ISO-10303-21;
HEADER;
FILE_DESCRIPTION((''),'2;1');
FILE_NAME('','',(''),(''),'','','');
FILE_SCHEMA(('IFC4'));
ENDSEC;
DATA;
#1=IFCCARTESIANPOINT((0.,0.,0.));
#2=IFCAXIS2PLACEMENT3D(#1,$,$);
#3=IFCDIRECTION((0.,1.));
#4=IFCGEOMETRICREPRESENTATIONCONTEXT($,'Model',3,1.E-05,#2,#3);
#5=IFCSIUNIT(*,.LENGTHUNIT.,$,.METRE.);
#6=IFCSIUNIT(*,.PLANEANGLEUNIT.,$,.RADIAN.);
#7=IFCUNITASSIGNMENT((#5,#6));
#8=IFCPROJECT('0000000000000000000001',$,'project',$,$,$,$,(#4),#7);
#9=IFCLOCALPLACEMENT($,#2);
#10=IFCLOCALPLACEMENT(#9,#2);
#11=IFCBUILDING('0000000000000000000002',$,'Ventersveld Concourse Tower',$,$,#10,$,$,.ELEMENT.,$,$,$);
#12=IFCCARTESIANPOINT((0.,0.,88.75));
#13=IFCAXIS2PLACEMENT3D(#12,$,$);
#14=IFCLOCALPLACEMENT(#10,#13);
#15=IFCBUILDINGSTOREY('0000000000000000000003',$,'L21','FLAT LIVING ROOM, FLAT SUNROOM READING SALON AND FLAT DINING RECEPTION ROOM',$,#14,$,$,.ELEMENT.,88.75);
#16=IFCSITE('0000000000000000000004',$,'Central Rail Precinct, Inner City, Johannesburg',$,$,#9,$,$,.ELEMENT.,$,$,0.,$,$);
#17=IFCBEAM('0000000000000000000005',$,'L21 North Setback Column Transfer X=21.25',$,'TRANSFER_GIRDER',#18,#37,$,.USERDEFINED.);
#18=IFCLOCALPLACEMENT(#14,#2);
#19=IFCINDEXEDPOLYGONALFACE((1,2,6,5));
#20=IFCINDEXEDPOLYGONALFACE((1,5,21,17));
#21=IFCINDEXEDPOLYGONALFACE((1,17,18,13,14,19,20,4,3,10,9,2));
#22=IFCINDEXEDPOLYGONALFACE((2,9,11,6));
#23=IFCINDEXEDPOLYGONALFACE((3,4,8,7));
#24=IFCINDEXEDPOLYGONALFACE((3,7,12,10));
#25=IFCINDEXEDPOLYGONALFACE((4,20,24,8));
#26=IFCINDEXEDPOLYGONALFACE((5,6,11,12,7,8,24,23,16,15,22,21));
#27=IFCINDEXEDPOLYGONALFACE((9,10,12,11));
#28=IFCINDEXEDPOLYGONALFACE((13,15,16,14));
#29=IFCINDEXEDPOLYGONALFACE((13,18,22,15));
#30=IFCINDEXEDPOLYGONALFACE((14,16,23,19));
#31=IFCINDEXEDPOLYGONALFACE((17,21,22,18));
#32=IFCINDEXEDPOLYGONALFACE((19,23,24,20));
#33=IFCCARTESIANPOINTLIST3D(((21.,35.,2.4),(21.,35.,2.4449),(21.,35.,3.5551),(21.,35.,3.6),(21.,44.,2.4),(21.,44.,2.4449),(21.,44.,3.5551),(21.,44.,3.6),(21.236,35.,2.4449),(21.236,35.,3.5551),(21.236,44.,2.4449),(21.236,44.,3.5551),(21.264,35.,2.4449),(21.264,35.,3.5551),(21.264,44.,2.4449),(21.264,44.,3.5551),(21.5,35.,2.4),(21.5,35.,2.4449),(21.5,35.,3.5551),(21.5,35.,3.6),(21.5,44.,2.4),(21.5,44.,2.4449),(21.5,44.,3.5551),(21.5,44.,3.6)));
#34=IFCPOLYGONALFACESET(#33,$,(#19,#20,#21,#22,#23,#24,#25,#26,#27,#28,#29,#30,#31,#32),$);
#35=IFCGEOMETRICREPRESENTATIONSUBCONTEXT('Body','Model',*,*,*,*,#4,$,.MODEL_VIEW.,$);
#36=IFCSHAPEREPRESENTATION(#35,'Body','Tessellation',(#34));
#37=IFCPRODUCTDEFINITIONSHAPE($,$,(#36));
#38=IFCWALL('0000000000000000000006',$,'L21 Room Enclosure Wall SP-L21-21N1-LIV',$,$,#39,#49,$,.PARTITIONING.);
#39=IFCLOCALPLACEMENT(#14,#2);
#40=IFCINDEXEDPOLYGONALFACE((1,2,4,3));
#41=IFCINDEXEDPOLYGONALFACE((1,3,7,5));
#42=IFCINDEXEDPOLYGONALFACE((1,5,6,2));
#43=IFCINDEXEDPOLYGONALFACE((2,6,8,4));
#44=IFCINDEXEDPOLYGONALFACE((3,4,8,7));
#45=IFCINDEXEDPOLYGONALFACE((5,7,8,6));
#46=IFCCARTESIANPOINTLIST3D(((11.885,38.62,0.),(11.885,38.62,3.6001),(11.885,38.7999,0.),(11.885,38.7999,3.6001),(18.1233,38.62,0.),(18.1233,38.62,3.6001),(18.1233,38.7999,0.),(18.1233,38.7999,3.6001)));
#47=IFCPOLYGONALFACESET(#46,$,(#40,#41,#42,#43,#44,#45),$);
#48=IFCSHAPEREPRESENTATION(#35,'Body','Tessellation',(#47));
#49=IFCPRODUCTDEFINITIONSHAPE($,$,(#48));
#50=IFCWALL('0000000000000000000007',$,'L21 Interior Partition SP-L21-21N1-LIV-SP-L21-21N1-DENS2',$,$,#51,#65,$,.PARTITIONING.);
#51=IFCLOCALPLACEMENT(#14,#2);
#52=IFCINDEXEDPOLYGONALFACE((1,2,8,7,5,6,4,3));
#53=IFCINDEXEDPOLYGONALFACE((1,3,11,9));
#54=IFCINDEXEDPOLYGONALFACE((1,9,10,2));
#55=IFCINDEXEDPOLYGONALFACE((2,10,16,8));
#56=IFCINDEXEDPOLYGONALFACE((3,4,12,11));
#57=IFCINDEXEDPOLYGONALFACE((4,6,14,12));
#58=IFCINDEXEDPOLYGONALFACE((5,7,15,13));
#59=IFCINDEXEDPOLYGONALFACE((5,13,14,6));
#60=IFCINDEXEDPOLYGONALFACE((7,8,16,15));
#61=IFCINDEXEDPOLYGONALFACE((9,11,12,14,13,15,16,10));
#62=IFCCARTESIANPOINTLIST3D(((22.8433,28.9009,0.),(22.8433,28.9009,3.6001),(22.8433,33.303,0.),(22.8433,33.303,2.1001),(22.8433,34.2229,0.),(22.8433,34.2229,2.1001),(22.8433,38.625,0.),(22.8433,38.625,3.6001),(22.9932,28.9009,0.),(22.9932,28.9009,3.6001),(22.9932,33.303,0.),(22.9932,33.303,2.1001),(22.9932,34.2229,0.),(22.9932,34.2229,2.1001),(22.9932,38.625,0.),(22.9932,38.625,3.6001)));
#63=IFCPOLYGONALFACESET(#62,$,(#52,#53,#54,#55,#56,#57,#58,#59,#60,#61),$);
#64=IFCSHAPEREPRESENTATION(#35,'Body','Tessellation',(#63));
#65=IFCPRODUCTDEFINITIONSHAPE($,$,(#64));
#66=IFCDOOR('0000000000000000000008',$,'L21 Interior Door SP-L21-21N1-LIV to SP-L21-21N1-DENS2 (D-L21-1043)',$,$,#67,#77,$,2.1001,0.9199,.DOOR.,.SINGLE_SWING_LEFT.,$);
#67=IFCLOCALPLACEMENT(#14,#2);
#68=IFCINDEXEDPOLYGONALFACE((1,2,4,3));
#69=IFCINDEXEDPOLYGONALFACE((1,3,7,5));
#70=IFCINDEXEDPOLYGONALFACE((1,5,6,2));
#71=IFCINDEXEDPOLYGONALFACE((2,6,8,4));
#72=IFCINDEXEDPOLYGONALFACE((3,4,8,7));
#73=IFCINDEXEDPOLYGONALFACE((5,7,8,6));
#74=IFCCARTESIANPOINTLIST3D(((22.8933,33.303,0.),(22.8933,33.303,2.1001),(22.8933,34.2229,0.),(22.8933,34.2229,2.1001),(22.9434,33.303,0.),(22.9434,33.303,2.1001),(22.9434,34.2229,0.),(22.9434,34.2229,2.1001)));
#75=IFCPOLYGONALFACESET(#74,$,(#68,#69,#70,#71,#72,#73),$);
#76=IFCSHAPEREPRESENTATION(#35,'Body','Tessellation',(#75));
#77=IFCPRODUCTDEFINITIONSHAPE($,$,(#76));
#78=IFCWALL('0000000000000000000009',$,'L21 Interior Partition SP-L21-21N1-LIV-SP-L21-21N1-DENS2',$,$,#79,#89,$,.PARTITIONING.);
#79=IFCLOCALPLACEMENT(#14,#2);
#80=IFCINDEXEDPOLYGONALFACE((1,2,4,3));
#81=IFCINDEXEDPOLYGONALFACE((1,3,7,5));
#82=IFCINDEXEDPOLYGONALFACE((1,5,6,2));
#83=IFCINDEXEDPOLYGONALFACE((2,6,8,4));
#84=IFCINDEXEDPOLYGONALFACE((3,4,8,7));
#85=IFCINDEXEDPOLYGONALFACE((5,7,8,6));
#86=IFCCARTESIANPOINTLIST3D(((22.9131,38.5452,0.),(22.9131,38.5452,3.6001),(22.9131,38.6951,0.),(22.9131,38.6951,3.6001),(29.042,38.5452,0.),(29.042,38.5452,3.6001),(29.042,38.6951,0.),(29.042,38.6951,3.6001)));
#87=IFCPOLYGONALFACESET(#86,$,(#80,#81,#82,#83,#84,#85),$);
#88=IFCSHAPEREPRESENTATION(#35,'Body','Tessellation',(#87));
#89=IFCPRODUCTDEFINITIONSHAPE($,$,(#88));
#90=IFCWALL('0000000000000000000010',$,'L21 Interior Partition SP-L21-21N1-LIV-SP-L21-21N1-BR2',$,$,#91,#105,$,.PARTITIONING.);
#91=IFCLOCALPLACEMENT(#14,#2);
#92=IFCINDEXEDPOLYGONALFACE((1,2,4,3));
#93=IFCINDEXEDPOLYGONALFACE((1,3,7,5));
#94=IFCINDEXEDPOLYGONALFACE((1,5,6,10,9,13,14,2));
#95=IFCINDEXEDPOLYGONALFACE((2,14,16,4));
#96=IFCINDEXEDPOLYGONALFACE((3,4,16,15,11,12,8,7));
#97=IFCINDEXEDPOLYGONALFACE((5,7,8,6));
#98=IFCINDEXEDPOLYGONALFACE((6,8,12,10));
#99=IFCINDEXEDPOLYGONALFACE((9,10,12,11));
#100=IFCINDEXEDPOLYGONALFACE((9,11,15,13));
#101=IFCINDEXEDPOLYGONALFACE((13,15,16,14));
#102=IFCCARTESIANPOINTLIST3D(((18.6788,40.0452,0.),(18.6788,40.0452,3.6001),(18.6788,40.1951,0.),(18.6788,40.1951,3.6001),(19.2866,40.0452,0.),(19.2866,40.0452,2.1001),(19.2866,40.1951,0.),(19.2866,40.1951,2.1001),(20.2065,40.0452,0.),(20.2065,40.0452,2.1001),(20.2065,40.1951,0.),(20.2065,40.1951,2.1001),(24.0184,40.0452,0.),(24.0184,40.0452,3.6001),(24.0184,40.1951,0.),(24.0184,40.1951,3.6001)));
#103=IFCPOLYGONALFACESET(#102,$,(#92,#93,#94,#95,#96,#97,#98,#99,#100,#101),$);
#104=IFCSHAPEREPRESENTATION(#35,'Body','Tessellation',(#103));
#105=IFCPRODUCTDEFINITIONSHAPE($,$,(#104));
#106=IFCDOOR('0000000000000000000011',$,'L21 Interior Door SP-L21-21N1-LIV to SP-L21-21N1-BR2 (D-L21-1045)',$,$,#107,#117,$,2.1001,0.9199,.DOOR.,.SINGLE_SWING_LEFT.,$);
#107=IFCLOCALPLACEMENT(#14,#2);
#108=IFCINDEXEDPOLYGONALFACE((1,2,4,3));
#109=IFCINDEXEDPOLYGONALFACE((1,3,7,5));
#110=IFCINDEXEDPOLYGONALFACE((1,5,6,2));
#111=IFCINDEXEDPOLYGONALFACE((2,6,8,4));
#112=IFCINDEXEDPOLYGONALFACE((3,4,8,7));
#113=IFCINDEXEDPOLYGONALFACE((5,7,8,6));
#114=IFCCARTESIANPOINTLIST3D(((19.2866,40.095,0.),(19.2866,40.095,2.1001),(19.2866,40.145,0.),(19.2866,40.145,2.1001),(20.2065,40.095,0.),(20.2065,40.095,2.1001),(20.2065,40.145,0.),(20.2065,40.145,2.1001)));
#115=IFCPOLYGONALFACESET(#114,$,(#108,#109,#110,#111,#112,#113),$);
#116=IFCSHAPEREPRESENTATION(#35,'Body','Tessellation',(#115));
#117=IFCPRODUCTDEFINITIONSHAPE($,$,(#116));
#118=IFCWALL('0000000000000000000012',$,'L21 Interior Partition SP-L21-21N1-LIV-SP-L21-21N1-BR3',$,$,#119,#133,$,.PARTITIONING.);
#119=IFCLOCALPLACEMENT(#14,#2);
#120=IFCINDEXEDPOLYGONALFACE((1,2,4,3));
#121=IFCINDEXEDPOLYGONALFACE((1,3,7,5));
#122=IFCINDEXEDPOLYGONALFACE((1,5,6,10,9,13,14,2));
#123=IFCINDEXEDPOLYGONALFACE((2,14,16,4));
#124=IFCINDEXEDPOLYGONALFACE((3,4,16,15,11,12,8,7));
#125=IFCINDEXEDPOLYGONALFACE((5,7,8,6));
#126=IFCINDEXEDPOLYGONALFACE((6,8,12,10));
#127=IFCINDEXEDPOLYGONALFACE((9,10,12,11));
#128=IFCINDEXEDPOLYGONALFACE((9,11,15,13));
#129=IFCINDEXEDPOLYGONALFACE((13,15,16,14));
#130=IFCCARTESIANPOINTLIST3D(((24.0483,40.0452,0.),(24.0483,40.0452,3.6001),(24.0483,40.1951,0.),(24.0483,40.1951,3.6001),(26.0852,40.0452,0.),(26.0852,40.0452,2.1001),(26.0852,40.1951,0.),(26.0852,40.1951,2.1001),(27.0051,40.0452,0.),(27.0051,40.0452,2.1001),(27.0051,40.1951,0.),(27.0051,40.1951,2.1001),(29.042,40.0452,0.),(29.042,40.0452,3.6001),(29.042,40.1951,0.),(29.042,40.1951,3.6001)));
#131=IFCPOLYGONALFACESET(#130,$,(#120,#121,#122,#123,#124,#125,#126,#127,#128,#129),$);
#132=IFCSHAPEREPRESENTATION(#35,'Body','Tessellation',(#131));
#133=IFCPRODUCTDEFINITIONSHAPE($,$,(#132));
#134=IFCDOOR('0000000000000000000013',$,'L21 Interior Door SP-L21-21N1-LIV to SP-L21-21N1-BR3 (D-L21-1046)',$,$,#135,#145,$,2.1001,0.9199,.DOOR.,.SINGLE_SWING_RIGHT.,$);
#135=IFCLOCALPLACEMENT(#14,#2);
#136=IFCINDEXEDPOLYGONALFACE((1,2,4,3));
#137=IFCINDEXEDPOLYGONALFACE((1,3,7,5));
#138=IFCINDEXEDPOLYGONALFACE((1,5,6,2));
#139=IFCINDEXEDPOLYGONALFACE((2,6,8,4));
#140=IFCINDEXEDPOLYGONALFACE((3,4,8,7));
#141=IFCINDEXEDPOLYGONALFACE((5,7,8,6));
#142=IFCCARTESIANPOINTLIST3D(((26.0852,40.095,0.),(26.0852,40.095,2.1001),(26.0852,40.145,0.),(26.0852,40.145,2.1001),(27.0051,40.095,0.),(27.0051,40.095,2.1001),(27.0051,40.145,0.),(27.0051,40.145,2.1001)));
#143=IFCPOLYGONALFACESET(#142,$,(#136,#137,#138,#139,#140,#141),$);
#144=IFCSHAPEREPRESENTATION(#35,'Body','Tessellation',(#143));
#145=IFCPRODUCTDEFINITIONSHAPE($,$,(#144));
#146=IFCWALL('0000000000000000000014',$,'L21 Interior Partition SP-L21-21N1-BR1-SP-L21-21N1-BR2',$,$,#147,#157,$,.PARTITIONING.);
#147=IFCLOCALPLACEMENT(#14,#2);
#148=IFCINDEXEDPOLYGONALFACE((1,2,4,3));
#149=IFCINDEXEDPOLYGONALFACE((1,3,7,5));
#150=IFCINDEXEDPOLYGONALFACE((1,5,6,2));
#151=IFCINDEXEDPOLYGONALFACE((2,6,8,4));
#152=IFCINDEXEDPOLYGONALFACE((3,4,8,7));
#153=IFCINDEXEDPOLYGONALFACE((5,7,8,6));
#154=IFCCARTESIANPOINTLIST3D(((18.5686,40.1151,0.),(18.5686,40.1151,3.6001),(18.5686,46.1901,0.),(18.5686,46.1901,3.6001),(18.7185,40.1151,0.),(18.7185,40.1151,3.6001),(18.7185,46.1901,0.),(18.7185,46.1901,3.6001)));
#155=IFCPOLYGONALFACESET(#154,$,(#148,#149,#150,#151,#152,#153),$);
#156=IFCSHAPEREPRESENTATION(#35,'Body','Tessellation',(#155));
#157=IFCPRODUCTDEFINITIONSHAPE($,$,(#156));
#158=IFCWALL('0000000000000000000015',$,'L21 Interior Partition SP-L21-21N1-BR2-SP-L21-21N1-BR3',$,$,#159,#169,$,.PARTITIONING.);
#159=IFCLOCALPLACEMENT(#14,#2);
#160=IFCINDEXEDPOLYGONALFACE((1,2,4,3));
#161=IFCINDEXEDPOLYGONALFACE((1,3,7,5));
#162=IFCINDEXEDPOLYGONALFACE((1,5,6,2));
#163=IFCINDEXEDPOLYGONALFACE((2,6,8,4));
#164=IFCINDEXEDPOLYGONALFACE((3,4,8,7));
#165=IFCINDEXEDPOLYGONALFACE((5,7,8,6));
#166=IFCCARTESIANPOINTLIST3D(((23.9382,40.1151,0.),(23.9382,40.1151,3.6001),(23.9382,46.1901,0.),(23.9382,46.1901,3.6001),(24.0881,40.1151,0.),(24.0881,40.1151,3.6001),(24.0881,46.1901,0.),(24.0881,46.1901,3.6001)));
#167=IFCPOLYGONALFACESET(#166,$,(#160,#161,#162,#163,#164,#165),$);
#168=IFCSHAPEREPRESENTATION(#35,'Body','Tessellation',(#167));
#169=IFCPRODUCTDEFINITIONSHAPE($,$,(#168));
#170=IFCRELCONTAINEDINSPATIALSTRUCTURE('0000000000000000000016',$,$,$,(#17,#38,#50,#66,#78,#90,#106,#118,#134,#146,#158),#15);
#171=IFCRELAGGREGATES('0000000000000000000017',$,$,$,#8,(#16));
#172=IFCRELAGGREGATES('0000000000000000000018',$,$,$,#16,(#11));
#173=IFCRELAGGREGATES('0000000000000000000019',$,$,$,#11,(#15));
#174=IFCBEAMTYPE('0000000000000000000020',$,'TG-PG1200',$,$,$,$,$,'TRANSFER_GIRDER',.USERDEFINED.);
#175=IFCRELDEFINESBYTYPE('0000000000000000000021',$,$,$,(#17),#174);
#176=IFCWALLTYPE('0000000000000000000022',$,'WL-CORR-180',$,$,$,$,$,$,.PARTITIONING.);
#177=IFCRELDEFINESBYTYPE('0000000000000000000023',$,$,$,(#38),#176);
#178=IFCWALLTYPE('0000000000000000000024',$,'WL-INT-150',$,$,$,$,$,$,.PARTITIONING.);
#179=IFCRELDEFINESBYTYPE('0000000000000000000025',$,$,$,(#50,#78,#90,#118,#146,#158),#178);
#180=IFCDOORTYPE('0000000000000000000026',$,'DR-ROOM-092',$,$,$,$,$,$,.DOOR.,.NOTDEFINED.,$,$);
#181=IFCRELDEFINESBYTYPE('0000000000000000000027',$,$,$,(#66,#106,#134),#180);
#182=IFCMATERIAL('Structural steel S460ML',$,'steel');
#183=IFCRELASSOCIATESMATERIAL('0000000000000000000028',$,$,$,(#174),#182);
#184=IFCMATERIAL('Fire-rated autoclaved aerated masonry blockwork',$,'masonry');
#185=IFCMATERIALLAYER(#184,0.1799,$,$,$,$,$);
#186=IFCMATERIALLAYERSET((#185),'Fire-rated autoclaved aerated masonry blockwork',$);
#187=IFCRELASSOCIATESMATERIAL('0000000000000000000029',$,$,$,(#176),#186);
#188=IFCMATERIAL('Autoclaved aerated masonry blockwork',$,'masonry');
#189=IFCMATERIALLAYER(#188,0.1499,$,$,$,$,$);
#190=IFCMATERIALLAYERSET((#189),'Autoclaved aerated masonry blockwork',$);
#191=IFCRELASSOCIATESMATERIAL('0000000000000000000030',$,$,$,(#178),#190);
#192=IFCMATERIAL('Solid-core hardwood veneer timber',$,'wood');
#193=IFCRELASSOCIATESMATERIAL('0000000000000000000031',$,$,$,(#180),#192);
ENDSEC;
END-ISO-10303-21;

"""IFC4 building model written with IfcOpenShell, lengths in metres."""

from ifc_helpers import new_model, si_unit, direction, frame, frame_2d, origin, origin_2d, place, context, subcontext, project, spatial, rectangle, i_section, extrude, material, layer, layer_set, material_profile, profile_set, type_object, element, fill, save


model = new_model("IFC4")

# Units and contexts
model_context = context("Model", 3, precision=1e-05, world=origin(), true_north=direction((0.0, 1.0)))
body_context = subcontext(model_context, "Body", "Model", "MODEL_VIEW")
ifc_project = project(units=[si_unit("LENGTHUNIT", "METRE"), si_unit("PLANEANGLEUNIT", "RADIAN")], contexts=[model_context])

# Site, building, storey
site_placement = place(None, origin())
site = spatial("IfcSite", under=ifc_project, at=site_placement, Name="Central Rail Precinct, Inner City, Johannesburg", CompositionType="ELEMENT", RefElevation=0.0)
building_placement = place(site_placement, origin())
building = spatial("IfcBuilding", under=site, at=building_placement, Name="Ventersveld Concourse Tower", CompositionType="ELEMENT")
storey_placement = place(building_placement, frame((0.0, 0.0, 88.75)))
storey = spatial("IfcBuildingStorey", under=building, at=storey_placement, Name="L21", Description="FLAT LIVING ROOM, FLAT SUNROOM READING SALON AND FLAT DINING RECEPTION ROOM", CompositionType="ELEMENT", Elevation=88.75)

# Beam
ifc_material_1 = material(Name="Structural steel S460ML", Category="steel")
ifc_material_profile_1 = material_profile(ifc_material_1, i_section(OverallWidth=0.5, OverallDepth=1.2, WebThickness=0.0281, FlangeThickness=0.0449, at=origin_2d()), Name="PG 1200x500x45")
ifc_profile_set_1 = profile_set([ifc_material_profile_1], Name="Structural steel S460ML")
beam_type_1 = type_object("IfcBeamType", Name="TG-PG1200", ElementType="TRANSFER_GIRDER", PredefinedType="USERDEFINED", material=ifc_profile_set_1)
for number, where, z_axis, x_axis, name in (
    (1, (21.25, 35.0, 3.0), (0.0, 1.0, 0.0), (-1.0, 0.0, 0.0), "L21 North Setback Column Transfer X=21.25"),
):
    element("IfcBeam", number, at=place(storey_placement, frame(where, z_axis=z_axis, x_axis=x_axis)), inside=storey, type_object=beam_type_1, Name=name, ObjectType="TRANSFER_GIRDER", PredefinedType="USERDEFINED", context=body_context, shape_type="SweptSolid", body=[
        extrude(i_section(OverallWidth=0.5, OverallDepth=1.2, WebThickness=0.0281, FlangeThickness=0.0449, at=origin_2d()), origin(), (0.0, 0.0, 1.0), 9.0),
    ])

# Wall
ifc_material_2 = material(Name="Fire-rated autoclaved aerated masonry blockwork", Category="masonry")
ifc_layer_1 = layer(ifc_material_2, 0.1799)
ifc_layer_set_1 = layer_set([ifc_layer_1], Name="Fire-rated autoclaved aerated masonry blockwork")
wall_type_1 = type_object("IfcWallType", Name="WL-CORR-180", PredefinedType="PARTITIONING", material=ifc_layer_set_1)
wall_1_placement = place(storey_placement, frame((18.1233, 38.71, 0.0), z_axis=(0.0, 0.0, 1.0), x_axis=(-1.0, 0.0, 0.0)))
element("IfcWall", 2, at=wall_1_placement, inside=storey, type_object=wall_type_1, Name="L21 Room Enclosure Wall SP-L21-21N1-LIV", PredefinedType="PARTITIONING", context=body_context, shape_type="SweptSolid", body=[
    extrude(rectangle(XDim=6.2383, YDim=0.1799, at=frame_2d((3.1191, 0.0))), origin(), (0.0, 0.0, 1.0), 3.6001),
])

# Wall, opening, door
ifc_material_3 = material(Name="Autoclaved aerated masonry blockwork", Category="masonry")
ifc_layer_2 = layer(ifc_material_3, 0.1499)
ifc_layer_set_2 = layer_set([ifc_layer_2], Name="Autoclaved aerated masonry blockwork")
wall_type_2 = type_object("IfcWallType", Name="WL-INT-150", PredefinedType="PARTITIONING", material=ifc_layer_set_2)
wall_2_placement = place(storey_placement, frame((22.9182, 28.9009, 0.0), z_axis=(0.0, 0.0, 1.0), x_axis=(0.0, 1.0, 0.0)))
wall_2 = element("IfcWall", 3, at=wall_2_placement, inside=storey, type_object=wall_type_2, Name="L21 Interior Partition SP-L21-21N1-LIV-SP-L21-21N1-DENS2", PredefinedType="PARTITIONING", context=body_context, shape_type="SweptSolid", body=[
    extrude(rectangle(XDim=9.7241, YDim=0.1499, at=frame_2d((4.8621, 0.0))), origin(), (0.0, 0.0, 1.0), 3.6001),
])
opening_1_placement = place(wall_2_placement, frame((4.4021, 0.0, 0.0)))
opening_1 = element("IfcOpeningElement", 4, at=opening_1_placement, cuts=wall_2, PredefinedType="OPENING", context=body_context, shape_type="SweptSolid", body=[
    extrude(rectangle(XDim=0.9199, YDim=2.1001, at=frame_2d((0.46, 1.05))), frame((0.0, 0.085, 0.0), z_axis=(0.0, -1.0, 0.0), x_axis=(1.0, 0.0, 0.0)), (0.0, 0.0, 1.0), 0.1699),
])
ifc_material_4 = material(Name="Solid-core hardwood veneer timber", Category="wood")
door_type = type_object("IfcDoorType", Name="DR-ROOM-092", OperationType="NOTDEFINED", PredefinedType="DOOR", material=ifc_material_4)
door_1_placement = place(opening_1_placement, origin())
door_1 = element("IfcDoor", 5, at=door_1_placement, inside=storey, type_object=door_type, Name="L21 Interior Door SP-L21-21N1-LIV to SP-L21-21N1-DENS2 (D-L21-1043)", OperationType="SINGLE_SWING_LEFT", OverallHeight=2.1001, OverallWidth=0.9199, PredefinedType="DOOR", context=body_context, shape_type="SweptSolid", body=[
    extrude(rectangle(XDim=0.9199, YDim=2.1001, at=frame_2d((0.46, 1.05))), frame((0.0, 0.0249, 0.0), z_axis=(0.0, -1.0, 0.0), x_axis=(1.0, 0.0, 0.0)), (0.0, 0.0, 1.0), 0.05),
])
fill(opening_1, door_1)

# Wall
wall_3_placement = place(storey_placement, frame((22.9131, 38.6201, 0.0), z_axis=(0.0, 0.0, 1.0), x_axis=(1.0, 0.0, 0.0)))
element("IfcWall", 6, at=wall_3_placement, inside=storey, type_object=wall_type_2, Name="L21 Interior Partition SP-L21-21N1-LIV-SP-L21-21N1-DENS2", PredefinedType="PARTITIONING", context=body_context, shape_type="SweptSolid", body=[
    extrude(rectangle(XDim=6.1289, YDim=0.1499, at=frame_2d((3.0645, 0.0))), origin(), (0.0, 0.0, 1.0), 3.6001),
])

# Walls, openings, doors
wall_4_placement = place(storey_placement, frame((18.6787, 40.1201, 0.0), z_axis=(0.0, 0.0, 1.0), x_axis=(1.0, 0.0, 0.0)))
wall_4 = element("IfcWall", 7, at=wall_4_placement, inside=storey, type_object=wall_type_2, Name="L21 Interior Partition SP-L21-21N1-LIV-SP-L21-21N1-BR2", PredefinedType="PARTITIONING", context=body_context, shape_type="SweptSolid", body=[
    extrude(rectangle(XDim=5.3396, YDim=0.1499, at=frame_2d((2.6699, 0.0))), origin(), (0.0, 0.0, 1.0), 3.6001),
])
opening_2_placement = place(wall_4_placement, frame((0.6079, 0.0, 0.0)))
opening_2 = element("IfcOpeningElement", 8, at=opening_2_placement, cuts=wall_4, PredefinedType="OPENING", context=body_context, shape_type="SweptSolid", body=[
    extrude(rectangle(XDim=0.9199, YDim=2.1001, at=frame_2d((0.46, 1.05))), frame((0.0, 0.085, 0.0), z_axis=(0.0, -1.0, 0.0), x_axis=(1.0, 0.0, 0.0)), (0.0, 0.0, 1.0), 0.1699),
])
door_2_placement = place(opening_2_placement, origin())
door_2 = element("IfcDoor", 9, at=door_2_placement, inside=storey, type_object=door_type, Name="L21 Interior Door SP-L21-21N1-LIV to SP-L21-21N1-BR2 (D-L21-1045)", OperationType="SINGLE_SWING_LEFT", OverallHeight=2.1001, OverallWidth=0.9199, PredefinedType="DOOR", context=body_context, shape_type="SweptSolid", body=[
    extrude(rectangle(XDim=0.9199, YDim=2.1001, at=frame_2d((0.46, 1.05))), frame((0.0, 0.0249, 0.0), z_axis=(0.0, -1.0, 0.0), x_axis=(1.0, 0.0, 0.0)), (0.0, 0.0, 1.0), 0.05),
])
fill(opening_2, door_2)
wall_5_placement = place(storey_placement, frame((24.0483, 40.1201, 0.0), z_axis=(0.0, 0.0, 1.0), x_axis=(1.0, 0.0, 0.0)))
wall_5 = element("IfcWall", 10, at=wall_5_placement, inside=storey, type_object=wall_type_2, Name="L21 Interior Partition SP-L21-21N1-LIV-SP-L21-21N1-BR3", PredefinedType="PARTITIONING", context=body_context, shape_type="SweptSolid", body=[
    extrude(rectangle(XDim=4.9937, YDim=0.1499, at=frame_2d((2.4968, 0.0))), origin(), (0.0, 0.0, 1.0), 3.6001),
])
opening_3_placement = place(wall_5_placement, frame((2.0369, 0.0, 0.0)))
opening_3 = element("IfcOpeningElement", 11, at=opening_3_placement, cuts=wall_5, PredefinedType="OPENING", context=body_context, shape_type="SweptSolid", body=[
    extrude(rectangle(XDim=0.9199, YDim=2.1001, at=frame_2d((0.46, 1.05))), frame((0.0, 0.085, 0.0), z_axis=(0.0, -1.0, 0.0), x_axis=(1.0, 0.0, 0.0)), (0.0, 0.0, 1.0), 0.1699),
])
door_3_placement = place(opening_3_placement, origin())
door_3 = element("IfcDoor", 12, at=door_3_placement, inside=storey, type_object=door_type, Name="L21 Interior Door SP-L21-21N1-LIV to SP-L21-21N1-BR3 (D-L21-1046)", OperationType="SINGLE_SWING_RIGHT", OverallHeight=2.1001, OverallWidth=0.9199, PredefinedType="DOOR", context=body_context, shape_type="SweptSolid", body=[
    extrude(rectangle(XDim=0.9199, YDim=2.1001, at=frame_2d((0.46, 1.05))), frame((0.0, 0.0249, 0.0), z_axis=(0.0, -1.0, 0.0), x_axis=(1.0, 0.0, 0.0)), (0.0, 0.0, 1.0), 0.05),
])
fill(opening_3, door_3)

# Walls
for number, where, z_axis, x_axis, name in (
    (13, (18.6436, 40.115, 0.0), (0.0, 0.0, 1.0), (0.0, 1.0, 0.0), "L21 Interior Partition SP-L21-21N1-BR1-SP-L21-21N1-BR2"),
    (14, (24.0132, 40.115, 0.0), (0.0, 0.0, 1.0), (0.0, 1.0, 0.0), "L21 Interior Partition SP-L21-21N1-BR2-SP-L21-21N1-BR3"),
):
    element("IfcWall", number, at=place(storey_placement, frame(where, z_axis=z_axis, x_axis=x_axis)), inside=storey, type_object=wall_type_2, Name=name, PredefinedType="PARTITIONING", context=body_context, shape_type="SweptSolid", body=[
        extrude(rectangle(XDim=6.075, YDim=0.1499, at=frame_2d((3.0376, 0.0))), origin(), (0.0, 0.0, 1.0), 3.6001),
    ])

save(model, "model.ifc")
